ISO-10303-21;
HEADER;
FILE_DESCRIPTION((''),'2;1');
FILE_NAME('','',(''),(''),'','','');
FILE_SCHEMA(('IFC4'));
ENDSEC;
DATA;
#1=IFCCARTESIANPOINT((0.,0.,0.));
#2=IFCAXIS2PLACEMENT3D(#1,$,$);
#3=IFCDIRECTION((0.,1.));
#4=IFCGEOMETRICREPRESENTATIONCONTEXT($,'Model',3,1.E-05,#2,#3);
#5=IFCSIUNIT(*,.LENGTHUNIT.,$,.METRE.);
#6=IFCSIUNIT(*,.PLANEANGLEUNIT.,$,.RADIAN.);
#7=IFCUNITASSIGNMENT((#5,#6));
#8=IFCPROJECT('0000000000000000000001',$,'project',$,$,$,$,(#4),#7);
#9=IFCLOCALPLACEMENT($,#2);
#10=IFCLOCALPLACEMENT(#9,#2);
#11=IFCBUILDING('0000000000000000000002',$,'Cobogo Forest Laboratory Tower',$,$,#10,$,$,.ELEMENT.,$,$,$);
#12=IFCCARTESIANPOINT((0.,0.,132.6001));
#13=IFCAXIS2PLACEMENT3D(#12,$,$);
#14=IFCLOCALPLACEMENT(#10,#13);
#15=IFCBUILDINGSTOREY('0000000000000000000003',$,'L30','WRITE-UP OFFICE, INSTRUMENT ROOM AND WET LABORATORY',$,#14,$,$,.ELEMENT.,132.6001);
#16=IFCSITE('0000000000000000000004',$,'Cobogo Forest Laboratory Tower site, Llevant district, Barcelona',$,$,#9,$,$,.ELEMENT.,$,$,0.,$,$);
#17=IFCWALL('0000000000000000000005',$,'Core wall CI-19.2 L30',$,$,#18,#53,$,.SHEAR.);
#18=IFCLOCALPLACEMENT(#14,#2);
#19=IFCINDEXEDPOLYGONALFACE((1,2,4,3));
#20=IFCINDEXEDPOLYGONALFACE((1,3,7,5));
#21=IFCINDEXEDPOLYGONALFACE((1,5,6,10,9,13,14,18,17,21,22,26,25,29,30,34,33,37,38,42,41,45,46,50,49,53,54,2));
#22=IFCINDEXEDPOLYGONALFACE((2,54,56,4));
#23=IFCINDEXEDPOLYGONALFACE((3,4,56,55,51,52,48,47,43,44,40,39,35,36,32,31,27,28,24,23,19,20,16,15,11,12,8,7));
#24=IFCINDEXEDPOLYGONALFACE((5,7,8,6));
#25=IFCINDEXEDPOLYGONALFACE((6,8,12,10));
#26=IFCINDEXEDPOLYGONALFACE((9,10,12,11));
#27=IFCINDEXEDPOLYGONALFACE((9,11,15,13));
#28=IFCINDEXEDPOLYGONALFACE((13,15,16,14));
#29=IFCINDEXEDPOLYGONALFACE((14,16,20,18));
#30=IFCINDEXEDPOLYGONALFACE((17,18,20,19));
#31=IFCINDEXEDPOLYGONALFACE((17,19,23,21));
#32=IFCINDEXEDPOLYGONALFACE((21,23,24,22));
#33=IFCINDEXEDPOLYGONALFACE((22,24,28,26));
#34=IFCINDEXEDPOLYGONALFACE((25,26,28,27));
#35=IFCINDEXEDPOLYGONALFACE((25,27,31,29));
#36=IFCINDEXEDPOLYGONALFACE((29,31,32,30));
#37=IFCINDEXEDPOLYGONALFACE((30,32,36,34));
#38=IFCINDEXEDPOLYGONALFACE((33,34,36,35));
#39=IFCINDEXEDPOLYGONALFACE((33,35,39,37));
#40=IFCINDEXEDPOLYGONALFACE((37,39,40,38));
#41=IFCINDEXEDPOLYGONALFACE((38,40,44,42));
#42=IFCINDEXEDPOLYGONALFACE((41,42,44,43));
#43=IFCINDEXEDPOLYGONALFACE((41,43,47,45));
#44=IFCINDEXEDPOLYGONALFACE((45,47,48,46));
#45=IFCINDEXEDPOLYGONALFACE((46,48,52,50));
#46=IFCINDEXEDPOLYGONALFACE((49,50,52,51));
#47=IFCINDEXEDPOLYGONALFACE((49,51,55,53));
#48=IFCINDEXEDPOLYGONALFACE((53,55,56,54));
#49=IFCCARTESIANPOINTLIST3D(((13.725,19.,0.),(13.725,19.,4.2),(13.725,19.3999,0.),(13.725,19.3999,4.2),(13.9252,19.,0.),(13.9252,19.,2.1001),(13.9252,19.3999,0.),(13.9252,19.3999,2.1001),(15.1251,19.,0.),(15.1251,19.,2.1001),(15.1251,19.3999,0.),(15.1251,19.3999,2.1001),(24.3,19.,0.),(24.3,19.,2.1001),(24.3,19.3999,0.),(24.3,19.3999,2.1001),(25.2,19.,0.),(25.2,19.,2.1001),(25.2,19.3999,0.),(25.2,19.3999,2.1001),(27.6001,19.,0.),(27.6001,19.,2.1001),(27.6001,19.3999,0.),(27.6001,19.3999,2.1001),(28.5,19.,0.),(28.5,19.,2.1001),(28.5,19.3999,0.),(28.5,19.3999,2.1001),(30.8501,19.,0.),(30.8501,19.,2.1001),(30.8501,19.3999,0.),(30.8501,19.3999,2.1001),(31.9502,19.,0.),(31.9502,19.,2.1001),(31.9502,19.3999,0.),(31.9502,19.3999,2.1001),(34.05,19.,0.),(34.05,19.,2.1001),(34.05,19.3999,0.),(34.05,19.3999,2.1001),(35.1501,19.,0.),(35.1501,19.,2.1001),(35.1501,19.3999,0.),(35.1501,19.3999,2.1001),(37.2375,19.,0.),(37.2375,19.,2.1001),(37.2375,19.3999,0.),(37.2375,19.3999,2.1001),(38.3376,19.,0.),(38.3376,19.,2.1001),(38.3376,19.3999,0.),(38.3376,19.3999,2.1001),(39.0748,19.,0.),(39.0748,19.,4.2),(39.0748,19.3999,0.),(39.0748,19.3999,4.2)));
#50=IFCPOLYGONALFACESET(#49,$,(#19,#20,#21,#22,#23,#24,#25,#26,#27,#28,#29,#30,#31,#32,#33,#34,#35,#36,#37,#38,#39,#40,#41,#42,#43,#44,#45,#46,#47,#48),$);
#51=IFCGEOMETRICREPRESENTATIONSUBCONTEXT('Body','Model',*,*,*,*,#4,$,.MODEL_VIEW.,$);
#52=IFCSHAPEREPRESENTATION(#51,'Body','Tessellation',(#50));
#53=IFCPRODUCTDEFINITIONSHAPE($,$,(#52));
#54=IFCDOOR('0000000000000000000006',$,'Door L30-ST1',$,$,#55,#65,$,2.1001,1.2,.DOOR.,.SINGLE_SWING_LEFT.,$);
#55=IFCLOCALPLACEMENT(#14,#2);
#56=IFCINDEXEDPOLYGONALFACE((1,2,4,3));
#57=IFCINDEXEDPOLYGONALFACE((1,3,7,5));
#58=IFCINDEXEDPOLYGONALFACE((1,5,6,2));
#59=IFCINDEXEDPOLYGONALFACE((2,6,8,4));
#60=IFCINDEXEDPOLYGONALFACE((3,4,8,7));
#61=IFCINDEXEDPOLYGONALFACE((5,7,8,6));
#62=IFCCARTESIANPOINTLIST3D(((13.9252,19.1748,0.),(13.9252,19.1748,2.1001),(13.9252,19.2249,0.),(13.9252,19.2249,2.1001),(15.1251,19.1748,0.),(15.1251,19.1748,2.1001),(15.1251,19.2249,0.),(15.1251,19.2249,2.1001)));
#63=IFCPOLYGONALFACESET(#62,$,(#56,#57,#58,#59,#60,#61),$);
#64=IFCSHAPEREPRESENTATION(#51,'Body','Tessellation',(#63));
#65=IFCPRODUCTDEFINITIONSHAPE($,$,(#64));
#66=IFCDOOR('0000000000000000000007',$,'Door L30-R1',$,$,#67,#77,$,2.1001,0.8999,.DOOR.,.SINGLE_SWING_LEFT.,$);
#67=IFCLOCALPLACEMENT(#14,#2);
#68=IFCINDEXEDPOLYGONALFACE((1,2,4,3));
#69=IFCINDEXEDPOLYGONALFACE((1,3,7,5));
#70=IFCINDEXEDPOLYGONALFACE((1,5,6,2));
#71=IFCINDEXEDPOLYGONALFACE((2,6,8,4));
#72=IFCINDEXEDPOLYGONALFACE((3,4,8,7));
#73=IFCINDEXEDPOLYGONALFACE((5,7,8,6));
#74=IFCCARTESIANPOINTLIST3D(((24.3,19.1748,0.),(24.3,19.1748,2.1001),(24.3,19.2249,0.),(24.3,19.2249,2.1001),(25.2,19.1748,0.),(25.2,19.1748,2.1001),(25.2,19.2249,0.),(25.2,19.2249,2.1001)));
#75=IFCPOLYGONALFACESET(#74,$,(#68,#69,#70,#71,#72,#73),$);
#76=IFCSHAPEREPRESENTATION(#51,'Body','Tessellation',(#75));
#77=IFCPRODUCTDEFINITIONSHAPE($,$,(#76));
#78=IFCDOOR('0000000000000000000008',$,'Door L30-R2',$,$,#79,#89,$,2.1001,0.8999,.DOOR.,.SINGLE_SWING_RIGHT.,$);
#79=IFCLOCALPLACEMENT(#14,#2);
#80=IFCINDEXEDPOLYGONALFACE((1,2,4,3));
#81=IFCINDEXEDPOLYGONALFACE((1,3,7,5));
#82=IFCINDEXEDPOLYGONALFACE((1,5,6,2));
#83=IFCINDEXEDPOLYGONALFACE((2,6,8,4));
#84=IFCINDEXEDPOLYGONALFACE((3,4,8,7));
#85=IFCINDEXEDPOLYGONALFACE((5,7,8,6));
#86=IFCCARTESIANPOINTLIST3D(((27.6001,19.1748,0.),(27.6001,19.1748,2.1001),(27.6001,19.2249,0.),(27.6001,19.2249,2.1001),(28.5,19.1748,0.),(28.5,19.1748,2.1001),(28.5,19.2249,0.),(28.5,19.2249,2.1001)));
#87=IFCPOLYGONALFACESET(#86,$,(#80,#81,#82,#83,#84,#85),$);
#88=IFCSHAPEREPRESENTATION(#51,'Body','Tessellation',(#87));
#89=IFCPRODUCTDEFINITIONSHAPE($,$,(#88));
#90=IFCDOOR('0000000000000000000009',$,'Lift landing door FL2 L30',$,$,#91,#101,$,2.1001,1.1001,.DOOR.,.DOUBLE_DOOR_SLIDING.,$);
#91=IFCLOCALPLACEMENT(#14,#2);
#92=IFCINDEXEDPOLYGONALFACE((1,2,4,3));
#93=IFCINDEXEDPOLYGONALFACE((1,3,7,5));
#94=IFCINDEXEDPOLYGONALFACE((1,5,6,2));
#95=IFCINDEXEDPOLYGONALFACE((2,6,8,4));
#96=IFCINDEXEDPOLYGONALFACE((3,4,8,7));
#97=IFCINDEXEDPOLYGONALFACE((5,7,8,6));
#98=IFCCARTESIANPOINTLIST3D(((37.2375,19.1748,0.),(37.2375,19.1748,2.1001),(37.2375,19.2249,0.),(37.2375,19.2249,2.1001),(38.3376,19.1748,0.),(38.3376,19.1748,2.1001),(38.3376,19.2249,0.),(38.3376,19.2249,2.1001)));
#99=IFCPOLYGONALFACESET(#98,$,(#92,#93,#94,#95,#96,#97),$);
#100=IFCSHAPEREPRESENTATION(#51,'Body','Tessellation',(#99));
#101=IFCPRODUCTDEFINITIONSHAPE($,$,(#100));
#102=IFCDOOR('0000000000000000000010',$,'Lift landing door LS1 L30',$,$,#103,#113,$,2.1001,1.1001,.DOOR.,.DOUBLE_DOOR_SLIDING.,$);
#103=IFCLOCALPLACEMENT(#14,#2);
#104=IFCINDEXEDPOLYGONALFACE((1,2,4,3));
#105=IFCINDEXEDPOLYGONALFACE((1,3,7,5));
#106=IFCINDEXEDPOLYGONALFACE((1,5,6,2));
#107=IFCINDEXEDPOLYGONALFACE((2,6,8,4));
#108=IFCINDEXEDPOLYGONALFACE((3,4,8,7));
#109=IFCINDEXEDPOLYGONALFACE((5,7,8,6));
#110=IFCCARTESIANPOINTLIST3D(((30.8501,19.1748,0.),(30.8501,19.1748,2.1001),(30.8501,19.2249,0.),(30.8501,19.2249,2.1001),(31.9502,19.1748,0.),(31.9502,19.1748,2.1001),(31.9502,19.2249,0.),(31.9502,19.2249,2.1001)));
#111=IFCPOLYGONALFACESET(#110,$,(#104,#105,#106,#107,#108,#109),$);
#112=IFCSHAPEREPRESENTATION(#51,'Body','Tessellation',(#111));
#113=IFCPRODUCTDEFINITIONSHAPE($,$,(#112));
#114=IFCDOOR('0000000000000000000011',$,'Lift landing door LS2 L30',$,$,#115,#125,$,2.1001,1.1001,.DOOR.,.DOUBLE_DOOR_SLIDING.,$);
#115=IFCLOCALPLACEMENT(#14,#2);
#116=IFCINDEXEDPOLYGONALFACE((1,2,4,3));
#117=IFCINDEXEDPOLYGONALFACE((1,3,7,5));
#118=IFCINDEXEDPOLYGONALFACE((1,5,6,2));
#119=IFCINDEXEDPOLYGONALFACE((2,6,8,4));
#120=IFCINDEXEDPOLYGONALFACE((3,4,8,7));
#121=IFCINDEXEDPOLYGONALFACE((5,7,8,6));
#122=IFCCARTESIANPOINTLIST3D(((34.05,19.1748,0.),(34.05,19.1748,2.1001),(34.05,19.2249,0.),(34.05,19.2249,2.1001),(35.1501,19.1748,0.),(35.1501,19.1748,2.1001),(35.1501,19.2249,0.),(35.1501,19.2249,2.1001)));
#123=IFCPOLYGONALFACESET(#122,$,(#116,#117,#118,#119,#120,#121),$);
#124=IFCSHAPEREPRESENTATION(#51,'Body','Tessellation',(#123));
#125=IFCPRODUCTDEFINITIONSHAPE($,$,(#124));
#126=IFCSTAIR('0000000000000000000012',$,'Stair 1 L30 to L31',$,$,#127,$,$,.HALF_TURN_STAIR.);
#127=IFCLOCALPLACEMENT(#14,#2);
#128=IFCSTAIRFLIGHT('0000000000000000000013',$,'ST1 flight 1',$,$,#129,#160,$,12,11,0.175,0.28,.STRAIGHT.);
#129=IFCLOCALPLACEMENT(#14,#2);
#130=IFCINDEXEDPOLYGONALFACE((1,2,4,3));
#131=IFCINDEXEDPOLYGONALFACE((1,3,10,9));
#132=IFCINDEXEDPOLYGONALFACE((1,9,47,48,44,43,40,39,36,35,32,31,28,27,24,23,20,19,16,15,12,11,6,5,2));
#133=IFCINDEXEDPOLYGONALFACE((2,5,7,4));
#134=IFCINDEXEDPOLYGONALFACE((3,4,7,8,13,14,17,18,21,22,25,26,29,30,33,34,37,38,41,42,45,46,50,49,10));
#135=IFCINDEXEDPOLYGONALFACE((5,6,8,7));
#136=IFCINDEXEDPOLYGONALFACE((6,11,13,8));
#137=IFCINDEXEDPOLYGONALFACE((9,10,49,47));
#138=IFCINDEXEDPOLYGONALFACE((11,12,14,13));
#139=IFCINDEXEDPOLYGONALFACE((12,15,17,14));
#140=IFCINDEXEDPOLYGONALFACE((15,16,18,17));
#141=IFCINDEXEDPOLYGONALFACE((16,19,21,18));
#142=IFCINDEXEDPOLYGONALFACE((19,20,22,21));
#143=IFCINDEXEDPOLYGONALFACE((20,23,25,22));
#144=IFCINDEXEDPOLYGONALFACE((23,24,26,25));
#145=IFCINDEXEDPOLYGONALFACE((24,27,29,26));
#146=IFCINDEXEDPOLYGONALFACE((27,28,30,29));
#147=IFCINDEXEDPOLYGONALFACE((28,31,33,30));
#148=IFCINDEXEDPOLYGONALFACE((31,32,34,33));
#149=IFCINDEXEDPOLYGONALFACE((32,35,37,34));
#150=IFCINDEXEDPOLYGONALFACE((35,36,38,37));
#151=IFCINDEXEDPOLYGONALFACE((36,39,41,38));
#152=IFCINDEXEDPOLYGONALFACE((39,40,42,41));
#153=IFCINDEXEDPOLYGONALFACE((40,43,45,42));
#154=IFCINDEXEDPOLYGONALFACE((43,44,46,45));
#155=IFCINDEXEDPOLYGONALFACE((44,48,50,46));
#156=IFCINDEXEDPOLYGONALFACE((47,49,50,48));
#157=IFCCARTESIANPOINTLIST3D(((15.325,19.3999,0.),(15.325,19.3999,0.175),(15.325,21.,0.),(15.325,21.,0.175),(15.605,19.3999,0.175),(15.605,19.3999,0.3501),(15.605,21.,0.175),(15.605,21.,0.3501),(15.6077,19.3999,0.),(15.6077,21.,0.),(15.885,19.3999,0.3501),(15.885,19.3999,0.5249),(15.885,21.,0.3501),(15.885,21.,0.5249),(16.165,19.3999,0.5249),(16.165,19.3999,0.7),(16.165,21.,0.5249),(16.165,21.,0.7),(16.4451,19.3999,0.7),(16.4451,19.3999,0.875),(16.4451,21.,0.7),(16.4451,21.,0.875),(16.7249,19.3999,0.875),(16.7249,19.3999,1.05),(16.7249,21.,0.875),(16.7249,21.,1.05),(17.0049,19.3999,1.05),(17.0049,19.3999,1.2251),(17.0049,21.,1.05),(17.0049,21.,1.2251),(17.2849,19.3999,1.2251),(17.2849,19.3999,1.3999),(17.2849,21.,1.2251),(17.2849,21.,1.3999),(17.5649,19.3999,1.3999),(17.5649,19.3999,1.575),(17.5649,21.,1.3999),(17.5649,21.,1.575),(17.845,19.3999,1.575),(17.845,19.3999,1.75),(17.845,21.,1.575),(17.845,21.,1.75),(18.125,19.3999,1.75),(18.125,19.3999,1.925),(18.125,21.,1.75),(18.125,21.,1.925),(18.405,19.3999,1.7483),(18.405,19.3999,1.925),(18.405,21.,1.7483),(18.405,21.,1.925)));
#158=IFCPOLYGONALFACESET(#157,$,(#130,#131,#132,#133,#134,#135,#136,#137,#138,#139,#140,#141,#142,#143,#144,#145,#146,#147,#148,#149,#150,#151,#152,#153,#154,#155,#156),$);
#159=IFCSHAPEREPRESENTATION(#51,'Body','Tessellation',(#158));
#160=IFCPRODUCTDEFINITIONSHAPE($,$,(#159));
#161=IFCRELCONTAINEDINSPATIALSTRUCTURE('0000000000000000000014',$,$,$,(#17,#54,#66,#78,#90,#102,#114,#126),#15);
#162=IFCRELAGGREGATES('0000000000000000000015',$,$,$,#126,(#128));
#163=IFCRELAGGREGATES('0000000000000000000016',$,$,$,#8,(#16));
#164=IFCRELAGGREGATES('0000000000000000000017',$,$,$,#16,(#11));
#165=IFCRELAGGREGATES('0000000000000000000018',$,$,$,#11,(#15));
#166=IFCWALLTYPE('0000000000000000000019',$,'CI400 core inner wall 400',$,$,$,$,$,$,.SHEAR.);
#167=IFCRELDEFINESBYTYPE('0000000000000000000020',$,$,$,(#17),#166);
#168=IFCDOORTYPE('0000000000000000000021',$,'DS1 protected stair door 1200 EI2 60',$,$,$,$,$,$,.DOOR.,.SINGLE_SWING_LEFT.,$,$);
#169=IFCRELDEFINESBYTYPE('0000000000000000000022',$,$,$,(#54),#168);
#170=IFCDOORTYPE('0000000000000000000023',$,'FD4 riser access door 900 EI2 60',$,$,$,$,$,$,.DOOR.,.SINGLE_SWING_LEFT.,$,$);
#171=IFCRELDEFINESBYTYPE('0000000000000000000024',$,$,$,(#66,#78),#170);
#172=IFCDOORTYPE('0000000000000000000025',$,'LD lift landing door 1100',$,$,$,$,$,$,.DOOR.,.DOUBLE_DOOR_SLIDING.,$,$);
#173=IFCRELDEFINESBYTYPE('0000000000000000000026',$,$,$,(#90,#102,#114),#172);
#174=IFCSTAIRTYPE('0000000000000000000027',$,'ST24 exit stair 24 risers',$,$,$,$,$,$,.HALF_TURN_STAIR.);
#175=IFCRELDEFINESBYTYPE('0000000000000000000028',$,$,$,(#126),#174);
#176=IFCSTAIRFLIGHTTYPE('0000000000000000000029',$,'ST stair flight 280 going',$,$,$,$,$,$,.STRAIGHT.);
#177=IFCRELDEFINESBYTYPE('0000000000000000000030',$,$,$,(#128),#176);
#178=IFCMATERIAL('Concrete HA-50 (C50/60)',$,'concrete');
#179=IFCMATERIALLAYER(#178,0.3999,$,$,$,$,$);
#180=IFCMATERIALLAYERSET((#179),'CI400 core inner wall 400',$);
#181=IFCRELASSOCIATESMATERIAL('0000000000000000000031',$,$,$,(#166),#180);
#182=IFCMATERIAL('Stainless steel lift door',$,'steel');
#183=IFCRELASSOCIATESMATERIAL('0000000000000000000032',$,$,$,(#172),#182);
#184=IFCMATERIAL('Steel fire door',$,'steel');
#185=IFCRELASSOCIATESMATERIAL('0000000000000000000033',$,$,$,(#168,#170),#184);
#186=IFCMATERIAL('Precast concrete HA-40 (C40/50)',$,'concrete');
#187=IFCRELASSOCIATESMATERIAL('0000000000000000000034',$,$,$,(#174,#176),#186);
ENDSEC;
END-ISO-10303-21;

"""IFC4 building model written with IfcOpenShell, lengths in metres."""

from ifc_helpers import new_model, si_unit, direction, frame, frame_2d, origin, place, context, subcontext, project, spatial, polyline, rectangle, outline, extrude, material, layer, layer_set, type_object, element, fill, aggregate, save


model = new_model("IFC4")

# Units and contexts
model_context = context("Model", 3, precision=1e-05, world=origin(), true_north=direction((0.0, 1.0)))
body_context = subcontext(model_context, "Body", "Model", "MODEL_VIEW")
ifc_project = project(units=[si_unit("LENGTHUNIT", "METRE"), si_unit("PLANEANGLEUNIT", "RADIAN")], contexts=[model_context])

# Site, building, storey
site_placement = place(None, origin())
site = spatial("IfcSite", under=ifc_project, at=site_placement, Name="Cobogo Forest Laboratory Tower site, Llevant district, Barcelona", CompositionType="ELEMENT", RefElevation=0.0)
building_placement = place(site_placement, origin())
building = spatial("IfcBuilding", under=site, at=building_placement, Name="Cobogo Forest Laboratory Tower", CompositionType="ELEMENT")
storey_placement = place(building_placement, frame((0.0, 0.0, 132.6001)))
storey = spatial("IfcBuildingStorey", under=building, at=storey_placement, Name="L30", Description="WRITE-UP OFFICE, INSTRUMENT ROOM AND WET LABORATORY", CompositionType="ELEMENT", Elevation=132.6001)

# Shared definitions
ifc_material_1 = material(Name="Concrete HA-50 (C50/60)", Category="concrete")

# Wall, openings, doors
ifc_layer = layer(ifc_material_1, 0.3999)
ifc_layer_set = layer_set([ifc_layer], Name="CI400 core inner wall 400")
wall_type = type_object("IfcWallType", Name="CI400 core inner wall 400", PredefinedType="SHEAR", material=ifc_layer_set)
ifc_material_2 = material(Name="Steel fire door", Category="steel")
ifc_material_3 = material(Name="Stainless steel lift door", Category="steel")
door_type_1 = type_object("IfcDoorType", Name="LD lift landing door 1100", OperationType="DOUBLE_DOOR_SLIDING", PredefinedType="DOOR", material=ifc_material_3)
wall_1_placement = place(storey_placement, frame((13.7251, 19.2, 0.0), z_axis=(0.0, 0.0, 1.0), x_axis=(1.0, 0.0, 0.0)))
wall_1 = element("IfcWall", 1, at=wall_1_placement, inside=storey, type_object=wall_type, Name="Core wall CI-19.2 L30", PredefinedType="SHEAR", context=body_context, shape_type="SweptSolid", body=[
    extrude(rectangle(XDim=25.3499, YDim=0.3999, at=frame_2d((12.6748, 0.0))), origin(), (0.0, 0.0, 1.0), 4.2),
])
opening_1_placement = place(wall_1_placement, frame((10.575, 0.0, 0.0)))
opening_1 = element("IfcOpeningElement", 2, at=opening_1_placement, cuts=wall_1, PredefinedType="OPENING", context=body_context, shape_type="SweptSolid", body=[
    extrude(rectangle(XDim=0.8999, YDim=2.1001, at=frame_2d((0.45, 1.05))), frame((0.0, 0.21, 0.0), z_axis=(0.0, -1.0, 0.0), x_axis=(1.0, 0.0, 0.0)), (0.0, 0.0, 1.0), 0.4199),
])
opening_2_placement = place(wall_1_placement, frame((13.875, 0.0, 0.0)))
opening_2 = element("IfcOpeningElement", 3, at=opening_2_placement, cuts=wall_1, PredefinedType="OPENING", context=body_context, shape_type="SweptSolid", body=[
    extrude(rectangle(XDim=0.8999, YDim=2.1001, at=frame_2d((0.45, 1.05))), frame((0.0, 0.21, 0.0), z_axis=(0.0, -1.0, 0.0), x_axis=(1.0, 0.0, 0.0)), (0.0, 0.0, 1.0), 0.4199),
])
opening_3_placement = place(wall_1_placement, frame((0.2, 0.0, 0.0)))
opening_3 = element("IfcOpeningElement", 4, at=opening_3_placement, cuts=wall_1, PredefinedType="OPENING", context=body_context, shape_type="SweptSolid", body=[
    extrude(rectangle(XDim=1.2, YDim=2.1001, at=frame_2d((0.6001, 1.05))), frame((0.0, 0.21, 0.0), z_axis=(0.0, -1.0, 0.0), x_axis=(1.0, 0.0, 0.0)), (0.0, 0.0, 1.0), 0.4199),
])
opening_4_placement = place(wall_1_placement, frame((23.5125, 0.0, 0.0)))
opening_4 = element("IfcOpeningElement", 5, at=opening_4_placement, cuts=wall_1, PredefinedType="OPENING", context=body_context, shape_type="SweptSolid", body=[
    extrude(rectangle(XDim=1.1001, YDim=2.1001, at=frame_2d((0.55, 1.05))), frame((0.0, 0.21, 0.0), z_axis=(0.0, -1.0, 0.0), x_axis=(1.0, 0.0, 0.0)), (0.0, 0.0, 1.0), 0.4199),
])
opening_5_placement = place(wall_1_placement, frame((17.125, 0.0, 0.0)))
opening_5 = element("IfcOpeningElement", 6, at=opening_5_placement, cuts=wall_1, PredefinedType="OPENING", context=body_context, shape_type="SweptSolid", body=[
    extrude(rectangle(XDim=1.1001, YDim=2.1001, at=frame_2d((0.55, 1.05))), frame((0.0, 0.21, 0.0), z_axis=(0.0, -1.0, 0.0), x_axis=(1.0, 0.0, 0.0)), (0.0, 0.0, 1.0), 0.4199),
])
opening_6_placement = place(wall_1_placement, frame((20.325, 0.0, 0.0)))
opening_6 = element("IfcOpeningElement", 7, at=opening_6_placement, cuts=wall_1, PredefinedType="OPENING", context=body_context, shape_type="SweptSolid", body=[
    extrude(rectangle(XDim=1.1001, YDim=2.1001, at=frame_2d((0.55, 1.05))), frame((0.0, 0.21, 0.0), z_axis=(0.0, -1.0, 0.0), x_axis=(1.0, 0.0, 0.0)), (0.0, 0.0, 1.0), 0.4199),
])
door_type_2 = type_object("IfcDoorType", Name="DS1 protected stair door 1200 EI2 60", OperationType="SINGLE_SWING_LEFT", PredefinedType="DOOR", material=ifc_material_2)
door_1_placement = place(opening_3_placement, origin())
door_1 = element("IfcDoor", 8, at=door_1_placement, inside=storey, type_object=door_type_2, Name="Door L30-ST1", OperationType="SINGLE_SWING_LEFT", OverallHeight=2.1001, OverallWidth=1.2, PredefinedType="DOOR", context=body_context, shape_type="SweptSolid", body=[
    extrude(rectangle(XDim=1.2, YDim=2.1001, at=frame_2d((0.6001, 1.05))), frame((0.0, 0.0249, 0.0), z_axis=(0.0, -1.0, 0.0), x_axis=(1.0, 0.0, 0.0)), (0.0, 0.0, 1.0), 0.05),
])
fill(opening_3, door_1)
door_type_3 = type_object("IfcDoorType", Name="FD4 riser access door 900 EI2 60", OperationType="SINGLE_SWING_LEFT", PredefinedType="DOOR", material=ifc_material_2)
door_2_placement = place(opening_1_placement, origin())
door_2 = element("IfcDoor", 9, at=door_2_placement, inside=storey, type_object=door_type_3, Name="Door L30-R1", OperationType="SINGLE_SWING_LEFT", OverallHeight=2.1001, OverallWidth=0.8999, PredefinedType="DOOR", context=body_context, shape_type="SweptSolid", body=[
    extrude(rectangle(XDim=0.8999, YDim=2.1001, at=frame_2d((0.45, 1.05))), frame((0.0, 0.0249, 0.0), z_axis=(0.0, -1.0, 0.0), x_axis=(1.0, 0.0, 0.0)), (0.0, 0.0, 1.0), 0.05),
])
fill(opening_1, door_2)
door_3_placement = place(opening_2_placement, origin())
door_3 = element("IfcDoor", 10, at=door_3_placement, inside=storey, type_object=door_type_3, Name="Door L30-R2", OperationType="SINGLE_SWING_RIGHT", OverallHeight=2.1001, OverallWidth=0.8999, PredefinedType="DOOR", context=body_context, shape_type="SweptSolid", body=[
    extrude(rectangle(XDim=0.8999, YDim=2.1001, at=frame_2d((0.45, 1.05))), frame((0.0, 0.0249, 0.0), z_axis=(0.0, -1.0, 0.0), x_axis=(1.0, 0.0, 0.0)), (0.0, 0.0, 1.0), 0.05),
])
fill(opening_2, door_3)
door_4_placement = place(opening_4_placement, origin())
door_4 = element("IfcDoor", 11, at=door_4_placement, inside=storey, type_object=door_type_1, Name="Lift landing door FL2 L30", OperationType="DOUBLE_DOOR_SLIDING", OverallHeight=2.1001, OverallWidth=1.1001, PredefinedType="DOOR", context=body_context, shape_type="SweptSolid", body=[
    extrude(rectangle(XDim=1.1001, YDim=2.1001, at=frame_2d((0.55, 1.05))), frame((0.0, 0.0249, 0.0), z_axis=(0.0, -1.0, 0.0), x_axis=(1.0, 0.0, 0.0)), (0.0, 0.0, 1.0), 0.05),
])
fill(opening_4, door_4)
door_5_placement = place(opening_5_placement, origin())
door_5 = element("IfcDoor", 12, at=door_5_placement, inside=storey, type_object=door_type_1, Name="Lift landing door LS1 L30", OperationType="DOUBLE_DOOR_SLIDING", OverallHeight=2.1001, OverallWidth=1.1001, PredefinedType="DOOR", context=body_context, shape_type="SweptSolid", body=[
    extrude(rectangle(XDim=1.1001, YDim=2.1001, at=frame_2d((0.55, 1.05))), frame((0.0, 0.0249, 0.0), z_axis=(0.0, -1.0, 0.0), x_axis=(1.0, 0.0, 0.0)), (0.0, 0.0, 1.0), 0.05),
])
fill(opening_5, door_5)
door_6_placement = place(opening_6_placement, origin())
door_6 = element("IfcDoor", 13, at=door_6_placement, inside=storey, type_object=door_type_1, Name="Lift landing door LS2 L30", OperationType="DOUBLE_DOOR_SLIDING", OverallHeight=2.1001, OverallWidth=1.1001, PredefinedType="DOOR", context=body_context, shape_type="SweptSolid", body=[
    extrude(rectangle(XDim=1.1001, YDim=2.1001, at=frame_2d((0.55, 1.05))), frame((0.0, 0.0249, 0.0), z_axis=(0.0, -1.0, 0.0), x_axis=(1.0, 0.0, 0.0)), (0.0, 0.0, 1.0), 0.05),
])
fill(opening_6, door_6)

# Stair, stair flight
ifc_material_4 = material(Name="Precast concrete HA-40 (C40/50)", Category="concrete")
stair_type = type_object("IfcStairType", Name="ST24 exit stair 24 risers", PredefinedType="HALF_TURN_STAIR", material=ifc_material_4)
stair_placement = place(storey_placement, origin())
stair = element("IfcStair", 14, at=stair_placement, inside=storey, type_object=stair_type, Name="Stair 1 L30 to L31", PredefinedType="HALF_TURN_STAIR")
stair_flight_type = type_object("IfcStairFlightType", Name="ST stair flight 280 going", PredefinedType="STRAIGHT", material=ifc_material_4)
stair_flight_1_placement = place(storey_placement, frame((15.325, 20.2, 0.0), z_axis=(0.0, 0.0, 1.0), x_axis=(1.0, 0.0, 0.0)))
stair_flight_1 = element("IfcStairFlight", 15, at=stair_flight_1_placement, type_object=stair_flight_type, Name="ST1 flight 1", NumberOfRisers=12, NumberOfTreads=11, PredefinedType="STRAIGHT", RiserHeight=0.175, TreadLength=0.28, context=body_context, shape_type="SweptSolid", body=[
    extrude(outline(polyline([(0.0, 0.0), (0.0, 0.175), (0.28, 0.175), (0.28, 0.3501), (0.5601, 0.3501), (0.5601, 0.5249), (0.8401, 0.5249), (0.8401, 0.7), (1.1201, 0.7), (1.1201, 0.875), (1.3999, 0.875), (1.3999, 1.05), (1.6799, 1.05), (1.6799, 1.2251), (1.96, 1.2251), (1.96, 1.3999), (2.24, 1.3999), (2.24, 1.575), (2.52, 1.575), (2.52, 1.75), (2.8, 1.75), (2.8, 1.925), (3.0801, 1.925), (3.0801, 2.1001), (3.0801, 1.7483), (0.2827, 0.0), (0.0, 0.0)])), frame((0.0, 0.8, 0.0), z_axis=(0.0, -1.0, 0.0), x_axis=(1.0, 0.0, 0.0)), (0.0, 0.0, 1.0), 1.6001),
])
aggregate(stair, [stair_flight_1])

save(model, "model.ifc")
